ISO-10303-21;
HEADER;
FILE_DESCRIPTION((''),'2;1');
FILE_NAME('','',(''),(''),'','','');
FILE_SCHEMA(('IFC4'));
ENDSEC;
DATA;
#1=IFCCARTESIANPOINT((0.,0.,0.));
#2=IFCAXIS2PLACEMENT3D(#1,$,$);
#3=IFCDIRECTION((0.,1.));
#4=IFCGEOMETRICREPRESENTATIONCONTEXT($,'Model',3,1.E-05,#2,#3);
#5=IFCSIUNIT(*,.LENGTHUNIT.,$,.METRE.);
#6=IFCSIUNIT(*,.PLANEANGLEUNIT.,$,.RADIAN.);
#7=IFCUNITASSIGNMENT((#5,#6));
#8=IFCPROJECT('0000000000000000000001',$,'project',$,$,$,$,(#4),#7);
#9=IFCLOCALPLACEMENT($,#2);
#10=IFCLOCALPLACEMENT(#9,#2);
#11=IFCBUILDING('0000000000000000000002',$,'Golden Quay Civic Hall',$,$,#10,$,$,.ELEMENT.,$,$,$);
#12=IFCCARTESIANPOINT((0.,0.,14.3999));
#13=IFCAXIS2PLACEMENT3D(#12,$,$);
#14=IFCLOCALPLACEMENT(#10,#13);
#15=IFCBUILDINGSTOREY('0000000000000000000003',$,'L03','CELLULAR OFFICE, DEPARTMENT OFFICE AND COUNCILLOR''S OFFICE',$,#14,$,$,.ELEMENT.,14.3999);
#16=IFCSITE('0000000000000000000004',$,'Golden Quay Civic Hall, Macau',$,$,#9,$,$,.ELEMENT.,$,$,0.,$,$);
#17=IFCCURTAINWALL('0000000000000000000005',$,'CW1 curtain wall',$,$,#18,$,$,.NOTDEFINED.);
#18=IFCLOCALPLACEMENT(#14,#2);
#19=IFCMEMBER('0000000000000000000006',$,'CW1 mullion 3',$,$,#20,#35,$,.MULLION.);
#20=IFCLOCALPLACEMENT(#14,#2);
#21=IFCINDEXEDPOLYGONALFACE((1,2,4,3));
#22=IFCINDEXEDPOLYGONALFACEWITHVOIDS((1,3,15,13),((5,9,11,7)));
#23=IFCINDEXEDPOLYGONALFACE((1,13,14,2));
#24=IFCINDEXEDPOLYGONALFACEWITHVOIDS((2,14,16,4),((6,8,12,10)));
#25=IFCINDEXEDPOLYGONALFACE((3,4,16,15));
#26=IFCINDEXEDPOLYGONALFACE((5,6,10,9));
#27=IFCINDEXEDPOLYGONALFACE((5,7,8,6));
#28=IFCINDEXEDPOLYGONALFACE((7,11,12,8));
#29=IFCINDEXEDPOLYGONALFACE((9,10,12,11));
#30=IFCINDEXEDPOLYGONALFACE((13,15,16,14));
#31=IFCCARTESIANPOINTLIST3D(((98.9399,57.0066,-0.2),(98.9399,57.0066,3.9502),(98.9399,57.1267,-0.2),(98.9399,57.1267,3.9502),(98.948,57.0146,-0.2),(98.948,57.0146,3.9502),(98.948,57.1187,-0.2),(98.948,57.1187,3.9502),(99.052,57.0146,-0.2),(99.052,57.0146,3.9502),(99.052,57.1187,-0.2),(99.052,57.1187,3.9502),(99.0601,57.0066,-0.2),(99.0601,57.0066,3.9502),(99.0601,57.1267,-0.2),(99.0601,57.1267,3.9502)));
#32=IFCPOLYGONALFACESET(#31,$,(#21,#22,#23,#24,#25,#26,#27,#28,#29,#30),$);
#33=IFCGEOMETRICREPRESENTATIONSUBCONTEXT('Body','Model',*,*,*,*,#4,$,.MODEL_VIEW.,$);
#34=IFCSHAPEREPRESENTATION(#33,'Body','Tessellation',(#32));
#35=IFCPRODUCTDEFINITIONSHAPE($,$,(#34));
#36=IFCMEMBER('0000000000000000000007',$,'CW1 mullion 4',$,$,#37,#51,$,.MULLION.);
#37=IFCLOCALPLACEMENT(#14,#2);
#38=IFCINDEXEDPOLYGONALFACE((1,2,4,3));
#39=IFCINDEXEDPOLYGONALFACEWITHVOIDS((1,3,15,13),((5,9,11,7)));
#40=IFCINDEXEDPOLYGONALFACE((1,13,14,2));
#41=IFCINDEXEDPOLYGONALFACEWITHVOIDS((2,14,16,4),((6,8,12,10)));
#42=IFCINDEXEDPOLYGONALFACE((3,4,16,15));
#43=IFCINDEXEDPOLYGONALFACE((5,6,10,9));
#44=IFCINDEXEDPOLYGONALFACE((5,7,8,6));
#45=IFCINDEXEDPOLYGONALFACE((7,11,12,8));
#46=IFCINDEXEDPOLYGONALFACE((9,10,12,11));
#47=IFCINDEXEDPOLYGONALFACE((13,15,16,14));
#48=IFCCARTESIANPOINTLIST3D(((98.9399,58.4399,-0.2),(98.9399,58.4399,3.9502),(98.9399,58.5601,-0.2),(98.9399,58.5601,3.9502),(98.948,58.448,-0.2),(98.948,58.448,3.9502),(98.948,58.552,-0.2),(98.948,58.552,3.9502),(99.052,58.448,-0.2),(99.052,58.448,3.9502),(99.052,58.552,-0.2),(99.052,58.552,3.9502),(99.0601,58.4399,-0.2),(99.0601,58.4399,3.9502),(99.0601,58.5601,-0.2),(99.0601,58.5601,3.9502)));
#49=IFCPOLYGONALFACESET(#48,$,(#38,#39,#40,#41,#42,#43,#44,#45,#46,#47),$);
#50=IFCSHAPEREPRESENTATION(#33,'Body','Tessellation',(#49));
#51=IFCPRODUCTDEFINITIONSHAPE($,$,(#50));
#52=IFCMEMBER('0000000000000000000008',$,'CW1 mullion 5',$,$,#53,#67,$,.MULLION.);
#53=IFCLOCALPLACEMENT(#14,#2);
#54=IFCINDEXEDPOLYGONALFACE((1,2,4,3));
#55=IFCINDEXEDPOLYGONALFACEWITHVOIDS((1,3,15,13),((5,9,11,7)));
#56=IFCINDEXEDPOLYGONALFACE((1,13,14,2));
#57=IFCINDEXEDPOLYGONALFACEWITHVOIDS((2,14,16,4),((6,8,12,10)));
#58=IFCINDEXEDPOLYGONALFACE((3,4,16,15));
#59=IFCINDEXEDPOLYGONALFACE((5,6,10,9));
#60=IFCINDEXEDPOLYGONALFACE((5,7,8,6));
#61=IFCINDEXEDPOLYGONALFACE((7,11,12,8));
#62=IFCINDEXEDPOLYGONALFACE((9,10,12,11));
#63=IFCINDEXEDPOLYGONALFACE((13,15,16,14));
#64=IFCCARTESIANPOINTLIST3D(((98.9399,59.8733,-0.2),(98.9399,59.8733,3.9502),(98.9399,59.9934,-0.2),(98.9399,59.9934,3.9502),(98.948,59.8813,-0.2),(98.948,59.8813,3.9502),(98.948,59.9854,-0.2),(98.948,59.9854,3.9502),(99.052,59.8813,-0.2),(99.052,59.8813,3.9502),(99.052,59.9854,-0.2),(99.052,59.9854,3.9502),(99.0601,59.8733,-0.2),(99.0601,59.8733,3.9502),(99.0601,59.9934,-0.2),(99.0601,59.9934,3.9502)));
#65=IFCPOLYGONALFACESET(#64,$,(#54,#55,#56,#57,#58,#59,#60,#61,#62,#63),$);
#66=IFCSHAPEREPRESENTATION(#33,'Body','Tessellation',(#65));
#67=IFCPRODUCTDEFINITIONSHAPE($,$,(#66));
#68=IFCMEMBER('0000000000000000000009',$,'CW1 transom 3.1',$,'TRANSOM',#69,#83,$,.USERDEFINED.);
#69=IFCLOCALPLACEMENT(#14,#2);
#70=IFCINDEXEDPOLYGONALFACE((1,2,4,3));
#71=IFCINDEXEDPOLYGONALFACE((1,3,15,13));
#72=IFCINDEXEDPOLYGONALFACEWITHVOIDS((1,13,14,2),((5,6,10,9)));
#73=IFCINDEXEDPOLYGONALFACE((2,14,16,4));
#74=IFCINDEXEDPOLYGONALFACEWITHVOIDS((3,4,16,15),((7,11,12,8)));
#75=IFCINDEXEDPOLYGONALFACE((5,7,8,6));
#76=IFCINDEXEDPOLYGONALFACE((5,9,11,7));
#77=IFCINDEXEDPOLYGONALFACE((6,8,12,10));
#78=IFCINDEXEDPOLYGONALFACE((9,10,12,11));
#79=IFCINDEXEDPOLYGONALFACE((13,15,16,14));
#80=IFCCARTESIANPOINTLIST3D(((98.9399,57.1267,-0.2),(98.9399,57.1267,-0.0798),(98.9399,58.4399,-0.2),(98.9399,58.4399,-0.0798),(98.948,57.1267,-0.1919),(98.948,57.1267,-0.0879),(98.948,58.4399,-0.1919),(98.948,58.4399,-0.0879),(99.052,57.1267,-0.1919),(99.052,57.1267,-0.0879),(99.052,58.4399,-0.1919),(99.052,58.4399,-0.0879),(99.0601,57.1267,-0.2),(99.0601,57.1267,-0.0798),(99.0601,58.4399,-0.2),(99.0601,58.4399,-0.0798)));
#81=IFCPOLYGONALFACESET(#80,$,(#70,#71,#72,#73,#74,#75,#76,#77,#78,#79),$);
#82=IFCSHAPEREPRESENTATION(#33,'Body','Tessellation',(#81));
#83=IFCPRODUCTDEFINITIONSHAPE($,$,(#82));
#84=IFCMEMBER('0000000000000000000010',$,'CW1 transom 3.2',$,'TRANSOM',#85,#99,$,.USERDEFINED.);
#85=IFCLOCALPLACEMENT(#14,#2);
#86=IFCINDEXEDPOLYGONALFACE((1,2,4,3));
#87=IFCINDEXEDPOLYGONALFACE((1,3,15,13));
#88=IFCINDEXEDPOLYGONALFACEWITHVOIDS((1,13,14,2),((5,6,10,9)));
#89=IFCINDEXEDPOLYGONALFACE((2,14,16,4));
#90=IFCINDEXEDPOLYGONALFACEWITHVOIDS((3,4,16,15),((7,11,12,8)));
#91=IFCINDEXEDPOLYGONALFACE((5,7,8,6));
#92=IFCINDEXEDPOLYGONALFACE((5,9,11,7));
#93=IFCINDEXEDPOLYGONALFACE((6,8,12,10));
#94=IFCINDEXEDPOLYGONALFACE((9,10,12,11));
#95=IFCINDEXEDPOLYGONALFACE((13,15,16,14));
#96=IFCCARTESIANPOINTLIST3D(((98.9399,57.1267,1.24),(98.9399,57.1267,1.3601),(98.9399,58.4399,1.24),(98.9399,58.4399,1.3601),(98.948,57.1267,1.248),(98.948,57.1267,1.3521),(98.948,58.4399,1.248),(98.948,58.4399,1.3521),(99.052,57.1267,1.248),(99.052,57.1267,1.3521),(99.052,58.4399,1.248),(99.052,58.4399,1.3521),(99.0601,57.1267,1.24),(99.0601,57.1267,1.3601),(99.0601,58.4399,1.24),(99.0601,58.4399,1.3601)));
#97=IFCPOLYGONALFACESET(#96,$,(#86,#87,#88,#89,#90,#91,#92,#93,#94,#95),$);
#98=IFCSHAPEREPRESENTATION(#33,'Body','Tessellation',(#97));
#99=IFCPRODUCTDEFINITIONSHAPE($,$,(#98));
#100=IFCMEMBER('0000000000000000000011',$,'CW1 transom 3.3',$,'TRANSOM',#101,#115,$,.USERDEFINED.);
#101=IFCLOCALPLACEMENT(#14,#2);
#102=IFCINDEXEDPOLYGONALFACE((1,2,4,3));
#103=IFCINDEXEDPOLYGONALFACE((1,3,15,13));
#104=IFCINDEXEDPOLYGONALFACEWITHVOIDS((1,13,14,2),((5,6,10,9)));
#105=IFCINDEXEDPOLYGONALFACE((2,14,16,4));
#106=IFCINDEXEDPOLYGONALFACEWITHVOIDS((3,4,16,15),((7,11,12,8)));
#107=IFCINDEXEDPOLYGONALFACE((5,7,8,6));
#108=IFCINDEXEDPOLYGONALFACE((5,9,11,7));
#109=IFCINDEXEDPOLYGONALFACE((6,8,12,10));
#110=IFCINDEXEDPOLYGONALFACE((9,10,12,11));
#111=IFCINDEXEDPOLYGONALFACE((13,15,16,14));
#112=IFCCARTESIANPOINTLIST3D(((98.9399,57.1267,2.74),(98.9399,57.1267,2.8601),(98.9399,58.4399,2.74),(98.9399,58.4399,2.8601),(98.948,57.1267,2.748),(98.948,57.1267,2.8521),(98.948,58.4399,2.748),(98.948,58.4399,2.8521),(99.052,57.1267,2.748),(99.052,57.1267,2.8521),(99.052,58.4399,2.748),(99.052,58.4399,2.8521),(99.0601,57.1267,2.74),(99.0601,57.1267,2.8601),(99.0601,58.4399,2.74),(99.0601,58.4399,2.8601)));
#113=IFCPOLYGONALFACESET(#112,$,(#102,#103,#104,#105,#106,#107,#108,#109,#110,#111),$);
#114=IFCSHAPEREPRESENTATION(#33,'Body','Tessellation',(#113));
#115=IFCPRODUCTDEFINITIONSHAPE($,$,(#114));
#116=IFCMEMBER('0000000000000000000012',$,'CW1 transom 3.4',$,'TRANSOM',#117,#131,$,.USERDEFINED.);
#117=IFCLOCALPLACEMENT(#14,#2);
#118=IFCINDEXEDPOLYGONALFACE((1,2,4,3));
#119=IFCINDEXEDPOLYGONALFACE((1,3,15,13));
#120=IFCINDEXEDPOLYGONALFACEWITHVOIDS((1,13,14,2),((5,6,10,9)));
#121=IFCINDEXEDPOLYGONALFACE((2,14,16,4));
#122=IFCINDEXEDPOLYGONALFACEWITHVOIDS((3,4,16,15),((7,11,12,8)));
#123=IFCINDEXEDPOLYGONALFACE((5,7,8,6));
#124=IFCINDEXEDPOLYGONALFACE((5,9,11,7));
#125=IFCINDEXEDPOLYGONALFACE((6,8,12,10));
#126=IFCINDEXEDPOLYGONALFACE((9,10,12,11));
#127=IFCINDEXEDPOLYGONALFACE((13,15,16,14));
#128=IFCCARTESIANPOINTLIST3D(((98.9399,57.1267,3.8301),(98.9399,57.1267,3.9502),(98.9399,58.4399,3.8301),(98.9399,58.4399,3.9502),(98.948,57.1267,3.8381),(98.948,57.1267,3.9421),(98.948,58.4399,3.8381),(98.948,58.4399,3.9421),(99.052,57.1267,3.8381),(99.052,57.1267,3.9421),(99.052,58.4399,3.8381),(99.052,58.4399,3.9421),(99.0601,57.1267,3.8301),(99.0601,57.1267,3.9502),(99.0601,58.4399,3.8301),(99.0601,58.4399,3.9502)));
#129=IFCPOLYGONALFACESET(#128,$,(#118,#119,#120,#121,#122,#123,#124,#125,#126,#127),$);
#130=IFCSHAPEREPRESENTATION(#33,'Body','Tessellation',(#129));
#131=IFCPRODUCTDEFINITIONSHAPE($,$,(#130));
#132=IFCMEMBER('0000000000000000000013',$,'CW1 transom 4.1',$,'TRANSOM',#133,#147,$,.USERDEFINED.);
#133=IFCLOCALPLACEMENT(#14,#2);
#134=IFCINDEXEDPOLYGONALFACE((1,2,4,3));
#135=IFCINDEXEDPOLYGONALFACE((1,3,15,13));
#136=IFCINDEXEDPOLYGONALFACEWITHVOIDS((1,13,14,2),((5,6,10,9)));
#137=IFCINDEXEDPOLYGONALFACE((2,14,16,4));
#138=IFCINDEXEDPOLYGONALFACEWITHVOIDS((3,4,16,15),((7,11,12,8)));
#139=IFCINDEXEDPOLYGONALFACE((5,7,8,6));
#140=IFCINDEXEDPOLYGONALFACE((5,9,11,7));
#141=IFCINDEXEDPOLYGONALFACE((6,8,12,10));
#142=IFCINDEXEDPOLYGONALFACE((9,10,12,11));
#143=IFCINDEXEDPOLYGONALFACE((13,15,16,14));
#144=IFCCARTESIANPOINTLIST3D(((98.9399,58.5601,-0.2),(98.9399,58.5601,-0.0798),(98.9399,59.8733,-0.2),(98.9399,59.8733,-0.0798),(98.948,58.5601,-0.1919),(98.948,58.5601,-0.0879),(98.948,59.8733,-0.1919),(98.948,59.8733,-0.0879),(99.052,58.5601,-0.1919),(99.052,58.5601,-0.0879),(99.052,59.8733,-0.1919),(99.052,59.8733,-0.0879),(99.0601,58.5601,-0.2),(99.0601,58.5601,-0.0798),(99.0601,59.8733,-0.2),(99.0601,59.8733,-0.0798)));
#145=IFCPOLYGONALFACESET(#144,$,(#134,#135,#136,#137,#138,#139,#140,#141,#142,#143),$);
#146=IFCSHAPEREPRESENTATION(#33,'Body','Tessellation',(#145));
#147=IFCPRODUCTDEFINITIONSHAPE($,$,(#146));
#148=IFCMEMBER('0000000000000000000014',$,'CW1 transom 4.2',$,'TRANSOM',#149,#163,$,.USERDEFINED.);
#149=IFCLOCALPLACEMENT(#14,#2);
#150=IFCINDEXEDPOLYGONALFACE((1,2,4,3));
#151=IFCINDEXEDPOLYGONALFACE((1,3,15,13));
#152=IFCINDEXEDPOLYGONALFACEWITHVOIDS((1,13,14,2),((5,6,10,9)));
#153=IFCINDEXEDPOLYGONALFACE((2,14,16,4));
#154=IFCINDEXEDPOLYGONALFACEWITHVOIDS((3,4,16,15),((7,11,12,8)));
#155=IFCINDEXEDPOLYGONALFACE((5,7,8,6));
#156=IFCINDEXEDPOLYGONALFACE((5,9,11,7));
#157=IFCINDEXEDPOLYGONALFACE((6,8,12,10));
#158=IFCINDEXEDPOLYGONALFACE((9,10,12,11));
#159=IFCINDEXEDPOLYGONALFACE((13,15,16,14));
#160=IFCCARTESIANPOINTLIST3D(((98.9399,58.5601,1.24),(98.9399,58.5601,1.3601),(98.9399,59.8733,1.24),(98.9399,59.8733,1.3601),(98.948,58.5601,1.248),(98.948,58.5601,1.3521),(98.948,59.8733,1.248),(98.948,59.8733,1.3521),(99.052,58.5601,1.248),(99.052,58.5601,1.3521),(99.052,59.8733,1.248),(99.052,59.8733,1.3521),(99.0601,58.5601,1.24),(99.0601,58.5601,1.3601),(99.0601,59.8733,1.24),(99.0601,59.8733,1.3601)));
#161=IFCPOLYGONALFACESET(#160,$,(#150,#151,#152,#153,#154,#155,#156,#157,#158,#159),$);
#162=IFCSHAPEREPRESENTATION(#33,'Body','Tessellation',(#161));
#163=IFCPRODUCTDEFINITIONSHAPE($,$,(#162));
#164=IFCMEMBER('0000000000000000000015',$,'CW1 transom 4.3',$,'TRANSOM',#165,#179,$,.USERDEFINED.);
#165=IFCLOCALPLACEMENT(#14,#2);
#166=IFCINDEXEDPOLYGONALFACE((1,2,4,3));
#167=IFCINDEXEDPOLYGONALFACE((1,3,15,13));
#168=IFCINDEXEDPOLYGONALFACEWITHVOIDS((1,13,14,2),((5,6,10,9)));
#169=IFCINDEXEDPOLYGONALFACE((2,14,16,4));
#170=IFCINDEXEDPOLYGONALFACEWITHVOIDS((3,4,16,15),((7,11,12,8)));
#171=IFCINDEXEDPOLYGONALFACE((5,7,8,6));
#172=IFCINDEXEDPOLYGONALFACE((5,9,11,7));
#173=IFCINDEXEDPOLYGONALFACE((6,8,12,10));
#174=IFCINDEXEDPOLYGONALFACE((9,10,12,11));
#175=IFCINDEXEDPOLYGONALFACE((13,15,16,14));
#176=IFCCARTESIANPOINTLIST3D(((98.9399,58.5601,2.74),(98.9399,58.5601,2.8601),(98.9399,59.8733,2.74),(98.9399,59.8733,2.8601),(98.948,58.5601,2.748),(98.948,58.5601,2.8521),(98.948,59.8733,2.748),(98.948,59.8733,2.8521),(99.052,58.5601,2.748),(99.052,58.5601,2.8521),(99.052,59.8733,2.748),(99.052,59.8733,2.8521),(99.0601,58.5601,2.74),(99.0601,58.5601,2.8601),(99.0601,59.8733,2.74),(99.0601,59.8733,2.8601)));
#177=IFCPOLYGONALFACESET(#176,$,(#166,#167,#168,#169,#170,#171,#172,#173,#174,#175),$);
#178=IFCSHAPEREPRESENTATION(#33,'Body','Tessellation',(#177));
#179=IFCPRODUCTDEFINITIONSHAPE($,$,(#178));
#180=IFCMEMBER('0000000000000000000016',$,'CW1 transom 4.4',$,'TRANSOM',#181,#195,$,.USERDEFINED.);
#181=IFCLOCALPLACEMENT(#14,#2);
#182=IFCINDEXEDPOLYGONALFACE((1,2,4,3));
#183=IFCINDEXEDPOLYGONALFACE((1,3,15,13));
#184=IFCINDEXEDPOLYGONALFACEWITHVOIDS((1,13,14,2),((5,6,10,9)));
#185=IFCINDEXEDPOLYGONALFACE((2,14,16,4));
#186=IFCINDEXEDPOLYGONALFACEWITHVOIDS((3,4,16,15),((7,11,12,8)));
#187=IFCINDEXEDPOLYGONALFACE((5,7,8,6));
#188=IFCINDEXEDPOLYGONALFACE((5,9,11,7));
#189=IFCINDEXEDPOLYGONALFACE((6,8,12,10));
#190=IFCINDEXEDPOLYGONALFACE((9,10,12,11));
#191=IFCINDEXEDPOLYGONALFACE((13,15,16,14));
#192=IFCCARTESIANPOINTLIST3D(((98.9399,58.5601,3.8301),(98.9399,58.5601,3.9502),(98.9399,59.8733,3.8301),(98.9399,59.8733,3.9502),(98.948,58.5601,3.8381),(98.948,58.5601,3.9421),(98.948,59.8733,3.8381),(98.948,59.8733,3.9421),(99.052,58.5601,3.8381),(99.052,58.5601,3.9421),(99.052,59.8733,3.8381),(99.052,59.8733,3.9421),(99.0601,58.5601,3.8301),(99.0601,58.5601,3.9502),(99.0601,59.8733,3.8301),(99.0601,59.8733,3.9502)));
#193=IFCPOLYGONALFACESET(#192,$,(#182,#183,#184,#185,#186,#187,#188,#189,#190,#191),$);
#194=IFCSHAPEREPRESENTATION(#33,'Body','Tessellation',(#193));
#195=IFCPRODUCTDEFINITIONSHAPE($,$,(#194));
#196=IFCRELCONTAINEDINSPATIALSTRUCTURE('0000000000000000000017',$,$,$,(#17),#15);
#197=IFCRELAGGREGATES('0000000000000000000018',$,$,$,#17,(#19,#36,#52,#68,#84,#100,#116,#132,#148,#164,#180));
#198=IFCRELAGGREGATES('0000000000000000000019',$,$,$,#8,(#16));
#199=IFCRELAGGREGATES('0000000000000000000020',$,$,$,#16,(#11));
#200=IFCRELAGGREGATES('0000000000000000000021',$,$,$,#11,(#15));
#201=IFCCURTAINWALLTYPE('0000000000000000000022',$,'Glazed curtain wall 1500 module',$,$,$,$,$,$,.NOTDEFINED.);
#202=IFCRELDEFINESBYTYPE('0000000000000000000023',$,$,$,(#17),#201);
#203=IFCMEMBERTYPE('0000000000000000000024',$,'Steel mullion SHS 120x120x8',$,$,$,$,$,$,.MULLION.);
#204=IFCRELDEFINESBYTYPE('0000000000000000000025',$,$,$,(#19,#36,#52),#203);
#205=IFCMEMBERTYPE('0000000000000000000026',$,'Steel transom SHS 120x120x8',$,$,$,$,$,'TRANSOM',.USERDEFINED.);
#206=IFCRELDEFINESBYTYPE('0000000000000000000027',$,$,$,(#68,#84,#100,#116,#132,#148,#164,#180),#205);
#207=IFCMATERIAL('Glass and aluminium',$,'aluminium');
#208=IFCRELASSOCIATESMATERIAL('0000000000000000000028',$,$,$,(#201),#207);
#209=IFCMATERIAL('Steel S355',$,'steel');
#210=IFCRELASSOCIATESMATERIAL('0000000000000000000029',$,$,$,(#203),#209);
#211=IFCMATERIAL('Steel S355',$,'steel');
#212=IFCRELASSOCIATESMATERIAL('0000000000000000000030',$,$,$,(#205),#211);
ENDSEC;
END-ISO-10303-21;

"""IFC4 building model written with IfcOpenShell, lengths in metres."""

from ifc_helpers import new_model, si_unit, direction, frame, origin, origin_2d, place, context, subcontext, project, spatial, hollow_rectangle, extrude, material, material_profile, profile_set, type_object, element, aggregate, save


model = new_model("IFC4")

# Units and contexts
model_context = context("Model", 3, precision=1e-05, world=origin(), true_north=direction((0.0, 1.0)))
body_context = subcontext(model_context, "Body", "Model", "MODEL_VIEW")
ifc_project = project(units=[si_unit("LENGTHUNIT", "METRE"), si_unit("PLANEANGLEUNIT", "RADIAN")], contexts=[model_context])

# Site, building, storey
site_placement = place(None, origin())
site = spatial("IfcSite", under=ifc_project, at=site_placement, Name="Golden Quay Civic Hall, Macau", CompositionType="ELEMENT", RefElevation=0.0)
building_placement = place(site_placement, origin())
building = spatial("IfcBuilding", under=site, at=building_placement, Name="Golden Quay Civic Hall", CompositionType="ELEMENT")
storey_placement = place(building_placement, frame((0.0, 0.0, 14.3999)))
storey = spatial("IfcBuildingStorey", under=building, at=storey_placement, Name="L03", Description="CELLULAR OFFICE, DEPARTMENT OFFICE AND COUNCILLOR'S OFFICE", CompositionType="ELEMENT", Elevation=14.3999)

# Curtain wall, members
ifc_material_1 = material(Name="Glass and aluminium", Category="aluminium")
curtain_wall_type = type_object("IfcCurtainWallType", Name="Glazed curtain wall 1500 module", PredefinedType="NOTDEFINED", material=ifc_material_1)
curtain_wall_placement = place(storey_placement, origin())
curtain_wall = element("IfcCurtainWall", 1, at=curtain_wall_placement, inside=storey, type_object=curtain_wall_type, Name="CW1 curtain wall", PredefinedType="NOTDEFINED")
ifc_material_2 = material(Name="Steel S355", Category="steel")
ifc_material_profile_1 = material_profile(ifc_material_2, hollow_rectangle(XDim=0.1201, YDim=0.1201, WallThickness=0.0081, at=origin_2d()), Name="SHS 120x120x8")
ifc_profile_set_1 = profile_set([ifc_material_profile_1], Name="Steel S355")
member_type_1 = type_object("IfcMemberType", Name="Steel mullion SHS 120x120x8", PredefinedType="MULLION", material=ifc_profile_set_1)
member_1_placement = place(storey_placement, frame((99.0, 57.0667, -0.2), z_axis=(0.0, 0.0, 1.0), x_axis=(-1.0, 0.0, 0.0)))
member_1 = element("IfcMember", 2, at=member_1_placement, type_object=member_type_1, Name="CW1 mullion 3", PredefinedType="MULLION", context=body_context, shape_type="SweptSolid", body=[
    extrude(hollow_rectangle(XDim=0.1201, YDim=0.1201, WallThickness=0.0081, at=origin_2d()), origin(), (0.0, 0.0, 1.0), 4.1501),
])
member_2_placement = place(storey_placement, frame((99.0, 58.5, -0.2), z_axis=(0.0, 0.0, 1.0), x_axis=(-1.0, 0.0, 0.0)))
member_2 = element("IfcMember", 3, at=member_2_placement, type_object=member_type_1, Name="CW1 mullion 4", PredefinedType="MULLION", context=body_context, shape_type="SweptSolid", body=[
    extrude(hollow_rectangle(XDim=0.1201, YDim=0.1201, WallThickness=0.0081, at=origin_2d()), origin(), (0.0, 0.0, 1.0), 4.1501),
])
member_3_placement = place(storey_placement, frame((99.0, 59.9333, -0.2), z_axis=(0.0, 0.0, 1.0), x_axis=(-1.0, 0.0, 0.0)))
member_3 = element("IfcMember", 4, at=member_3_placement, type_object=member_type_1, Name="CW1 mullion 5", PredefinedType="MULLION", context=body_context, shape_type="SweptSolid", body=[
    extrude(hollow_rectangle(XDim=0.1201, YDim=0.1201, WallThickness=0.0081, at=origin_2d()), origin(), (0.0, 0.0, 1.0), 4.1501),
])
ifc_material_3 = material(Name="Steel S355", Category="steel")
ifc_material_profile_2 = material_profile(ifc_material_3, hollow_rectangle(XDim=0.1201, YDim=0.1201, WallThickness=0.0081, at=origin_2d()), Name="SHS 120x120x8")
ifc_profile_set_2 = profile_set([ifc_material_profile_2], Name="Steel S355")
member_type_2 = type_object("IfcMemberType", Name="Steel transom SHS 120x120x8", ElementType="TRANSOM", PredefinedType="USERDEFINED", material=ifc_profile_set_2)
member_4_placement = place(storey_placement, frame((99.0, 57.1267, -0.1399), z_axis=(0.0, 1.0, 0.0), x_axis=(-1.0, 0.0, 0.0)))
member_4 = element("IfcMember", 5, at=member_4_placement, type_object=member_type_2, Name="CW1 transom 3.1", ObjectType="TRANSOM", PredefinedType="USERDEFINED", context=body_context, shape_type="SweptSolid", body=[
    extrude(hollow_rectangle(XDim=0.1201, YDim=0.1201, WallThickness=0.0081, at=origin_2d()), origin(), (0.0, 0.0, 1.0), 1.3132),
])
member_5_placement = place(storey_placement, frame((99.0, 57.1267, 1.3), z_axis=(0.0, 1.0, 0.0), x_axis=(-1.0, 0.0, 0.0)))
member_5 = element("IfcMember", 6, at=member_5_placement, type_object=member_type_2, Name="CW1 transom 3.2", ObjectType="TRANSOM", PredefinedType="USERDEFINED", context=body_context, shape_type="SweptSolid", body=[
    extrude(hollow_rectangle(XDim=0.1201, YDim=0.1201, WallThickness=0.0081, at=origin_2d()), origin(), (0.0, 0.0, 1.0), 1.3132),
])
member_6_placement = place(storey_placement, frame((99.0, 57.1267, 2.8), z_axis=(0.0, 1.0, 0.0), x_axis=(-1.0, 0.0, 0.0)))
member_6 = element("IfcMember", 7, at=member_6_placement, type_object=member_type_2, Name="CW1 transom 3.3", ObjectType="TRANSOM", PredefinedType="USERDEFINED", context=body_context, shape_type="SweptSolid", body=[
    extrude(hollow_rectangle(XDim=0.1201, YDim=0.1201, WallThickness=0.0081, at=origin_2d()), origin(), (0.0, 0.0, 1.0), 1.3132),
])
member_7_placement = place(storey_placement, frame((99.0, 57.1267, 3.8901), z_axis=(0.0, 1.0, 0.0), x_axis=(-1.0, 0.0, 0.0)))
member_7 = element("IfcMember", 8, at=member_7_placement, type_object=member_type_2, Name="CW1 transom 3.4", ObjectType="TRANSOM", PredefinedType="USERDEFINED", context=body_context, shape_type="SweptSolid", body=[
    extrude(hollow_rectangle(XDim=0.1201, YDim=0.1201, WallThickness=0.0081, at=origin_2d()), origin(), (0.0, 0.0, 1.0), 1.3132),
])
member_8_placement = place(storey_placement, frame((99.0, 58.5601, -0.1399), z_axis=(0.0, 1.0, 0.0), x_axis=(-1.0, 0.0, 0.0)))
member_8 = element("IfcMember", 9, at=member_8_placement, type_object=member_type_2, Name="CW1 transom 4.1", ObjectType="TRANSOM", PredefinedType="USERDEFINED", context=body_context, shape_type="SweptSolid", body=[
    extrude(hollow_rectangle(XDim=0.1201, YDim=0.1201, WallThickness=0.0081, at=origin_2d()), origin(), (0.0, 0.0, 1.0), 1.3132),
])
member_9_placement = place(storey_placement, frame((99.0, 58.5601, 1.3), z_axis=(0.0, 1.0, 0.0), x_axis=(-1.0, 0.0, 0.0)))
member_9 = element("IfcMember", 10, at=member_9_placement, type_object=member_type_2, Name="CW1 transom 4.2", ObjectType="TRANSOM", PredefinedType="USERDEFINED", context=body_context, shape_type="SweptSolid", body=[
    extrude(hollow_rectangle(XDim=0.1201, YDim=0.1201, WallThickness=0.0081, at=origin_2d()), origin(), (0.0, 0.0, 1.0), 1.3132),
])
member_10_placement = place(storey_placement, frame((99.0, 58.5601, 2.8), z_axis=(0.0, 1.0, 0.0), x_axis=(-1.0, 0.0, 0.0)))
member_10 = element("IfcMember", 11, at=member_10_placement, type_object=member_type_2, Name="CW1 transom 4.3", ObjectType="TRANSOM", PredefinedType="USERDEFINED", context=body_context, shape_type="SweptSolid", body=[
    extrude(hollow_rectangle(XDim=0.1201, YDim=0.1201, WallThickness=0.0081, at=origin_2d()), origin(), (0.0, 0.0, 1.0), 1.3132),
])
member_11_placement = place(storey_placement, frame((99.0, 58.5601, 3.8901), z_axis=(0.0, 1.0, 0.0), x_axis=(-1.0, 0.0, 0.0)))
member_11 = element("IfcMember", 12, at=member_11_placement, type_object=member_type_2, Name="CW1 transom 4.4", ObjectType="TRANSOM", PredefinedType="USERDEFINED", context=body_context, shape_type="SweptSolid", body=[
    extrude(hollow_rectangle(XDim=0.1201, YDim=0.1201, WallThickness=0.0081, at=origin_2d()), origin(), (0.0, 0.0, 1.0), 1.3132),
])
aggregate(curtain_wall, [member_1, member_2, member_3, member_4, member_5, member_6, member_7, member_8, member_9, member_10, member_11])

save(model, "model.ifc")
